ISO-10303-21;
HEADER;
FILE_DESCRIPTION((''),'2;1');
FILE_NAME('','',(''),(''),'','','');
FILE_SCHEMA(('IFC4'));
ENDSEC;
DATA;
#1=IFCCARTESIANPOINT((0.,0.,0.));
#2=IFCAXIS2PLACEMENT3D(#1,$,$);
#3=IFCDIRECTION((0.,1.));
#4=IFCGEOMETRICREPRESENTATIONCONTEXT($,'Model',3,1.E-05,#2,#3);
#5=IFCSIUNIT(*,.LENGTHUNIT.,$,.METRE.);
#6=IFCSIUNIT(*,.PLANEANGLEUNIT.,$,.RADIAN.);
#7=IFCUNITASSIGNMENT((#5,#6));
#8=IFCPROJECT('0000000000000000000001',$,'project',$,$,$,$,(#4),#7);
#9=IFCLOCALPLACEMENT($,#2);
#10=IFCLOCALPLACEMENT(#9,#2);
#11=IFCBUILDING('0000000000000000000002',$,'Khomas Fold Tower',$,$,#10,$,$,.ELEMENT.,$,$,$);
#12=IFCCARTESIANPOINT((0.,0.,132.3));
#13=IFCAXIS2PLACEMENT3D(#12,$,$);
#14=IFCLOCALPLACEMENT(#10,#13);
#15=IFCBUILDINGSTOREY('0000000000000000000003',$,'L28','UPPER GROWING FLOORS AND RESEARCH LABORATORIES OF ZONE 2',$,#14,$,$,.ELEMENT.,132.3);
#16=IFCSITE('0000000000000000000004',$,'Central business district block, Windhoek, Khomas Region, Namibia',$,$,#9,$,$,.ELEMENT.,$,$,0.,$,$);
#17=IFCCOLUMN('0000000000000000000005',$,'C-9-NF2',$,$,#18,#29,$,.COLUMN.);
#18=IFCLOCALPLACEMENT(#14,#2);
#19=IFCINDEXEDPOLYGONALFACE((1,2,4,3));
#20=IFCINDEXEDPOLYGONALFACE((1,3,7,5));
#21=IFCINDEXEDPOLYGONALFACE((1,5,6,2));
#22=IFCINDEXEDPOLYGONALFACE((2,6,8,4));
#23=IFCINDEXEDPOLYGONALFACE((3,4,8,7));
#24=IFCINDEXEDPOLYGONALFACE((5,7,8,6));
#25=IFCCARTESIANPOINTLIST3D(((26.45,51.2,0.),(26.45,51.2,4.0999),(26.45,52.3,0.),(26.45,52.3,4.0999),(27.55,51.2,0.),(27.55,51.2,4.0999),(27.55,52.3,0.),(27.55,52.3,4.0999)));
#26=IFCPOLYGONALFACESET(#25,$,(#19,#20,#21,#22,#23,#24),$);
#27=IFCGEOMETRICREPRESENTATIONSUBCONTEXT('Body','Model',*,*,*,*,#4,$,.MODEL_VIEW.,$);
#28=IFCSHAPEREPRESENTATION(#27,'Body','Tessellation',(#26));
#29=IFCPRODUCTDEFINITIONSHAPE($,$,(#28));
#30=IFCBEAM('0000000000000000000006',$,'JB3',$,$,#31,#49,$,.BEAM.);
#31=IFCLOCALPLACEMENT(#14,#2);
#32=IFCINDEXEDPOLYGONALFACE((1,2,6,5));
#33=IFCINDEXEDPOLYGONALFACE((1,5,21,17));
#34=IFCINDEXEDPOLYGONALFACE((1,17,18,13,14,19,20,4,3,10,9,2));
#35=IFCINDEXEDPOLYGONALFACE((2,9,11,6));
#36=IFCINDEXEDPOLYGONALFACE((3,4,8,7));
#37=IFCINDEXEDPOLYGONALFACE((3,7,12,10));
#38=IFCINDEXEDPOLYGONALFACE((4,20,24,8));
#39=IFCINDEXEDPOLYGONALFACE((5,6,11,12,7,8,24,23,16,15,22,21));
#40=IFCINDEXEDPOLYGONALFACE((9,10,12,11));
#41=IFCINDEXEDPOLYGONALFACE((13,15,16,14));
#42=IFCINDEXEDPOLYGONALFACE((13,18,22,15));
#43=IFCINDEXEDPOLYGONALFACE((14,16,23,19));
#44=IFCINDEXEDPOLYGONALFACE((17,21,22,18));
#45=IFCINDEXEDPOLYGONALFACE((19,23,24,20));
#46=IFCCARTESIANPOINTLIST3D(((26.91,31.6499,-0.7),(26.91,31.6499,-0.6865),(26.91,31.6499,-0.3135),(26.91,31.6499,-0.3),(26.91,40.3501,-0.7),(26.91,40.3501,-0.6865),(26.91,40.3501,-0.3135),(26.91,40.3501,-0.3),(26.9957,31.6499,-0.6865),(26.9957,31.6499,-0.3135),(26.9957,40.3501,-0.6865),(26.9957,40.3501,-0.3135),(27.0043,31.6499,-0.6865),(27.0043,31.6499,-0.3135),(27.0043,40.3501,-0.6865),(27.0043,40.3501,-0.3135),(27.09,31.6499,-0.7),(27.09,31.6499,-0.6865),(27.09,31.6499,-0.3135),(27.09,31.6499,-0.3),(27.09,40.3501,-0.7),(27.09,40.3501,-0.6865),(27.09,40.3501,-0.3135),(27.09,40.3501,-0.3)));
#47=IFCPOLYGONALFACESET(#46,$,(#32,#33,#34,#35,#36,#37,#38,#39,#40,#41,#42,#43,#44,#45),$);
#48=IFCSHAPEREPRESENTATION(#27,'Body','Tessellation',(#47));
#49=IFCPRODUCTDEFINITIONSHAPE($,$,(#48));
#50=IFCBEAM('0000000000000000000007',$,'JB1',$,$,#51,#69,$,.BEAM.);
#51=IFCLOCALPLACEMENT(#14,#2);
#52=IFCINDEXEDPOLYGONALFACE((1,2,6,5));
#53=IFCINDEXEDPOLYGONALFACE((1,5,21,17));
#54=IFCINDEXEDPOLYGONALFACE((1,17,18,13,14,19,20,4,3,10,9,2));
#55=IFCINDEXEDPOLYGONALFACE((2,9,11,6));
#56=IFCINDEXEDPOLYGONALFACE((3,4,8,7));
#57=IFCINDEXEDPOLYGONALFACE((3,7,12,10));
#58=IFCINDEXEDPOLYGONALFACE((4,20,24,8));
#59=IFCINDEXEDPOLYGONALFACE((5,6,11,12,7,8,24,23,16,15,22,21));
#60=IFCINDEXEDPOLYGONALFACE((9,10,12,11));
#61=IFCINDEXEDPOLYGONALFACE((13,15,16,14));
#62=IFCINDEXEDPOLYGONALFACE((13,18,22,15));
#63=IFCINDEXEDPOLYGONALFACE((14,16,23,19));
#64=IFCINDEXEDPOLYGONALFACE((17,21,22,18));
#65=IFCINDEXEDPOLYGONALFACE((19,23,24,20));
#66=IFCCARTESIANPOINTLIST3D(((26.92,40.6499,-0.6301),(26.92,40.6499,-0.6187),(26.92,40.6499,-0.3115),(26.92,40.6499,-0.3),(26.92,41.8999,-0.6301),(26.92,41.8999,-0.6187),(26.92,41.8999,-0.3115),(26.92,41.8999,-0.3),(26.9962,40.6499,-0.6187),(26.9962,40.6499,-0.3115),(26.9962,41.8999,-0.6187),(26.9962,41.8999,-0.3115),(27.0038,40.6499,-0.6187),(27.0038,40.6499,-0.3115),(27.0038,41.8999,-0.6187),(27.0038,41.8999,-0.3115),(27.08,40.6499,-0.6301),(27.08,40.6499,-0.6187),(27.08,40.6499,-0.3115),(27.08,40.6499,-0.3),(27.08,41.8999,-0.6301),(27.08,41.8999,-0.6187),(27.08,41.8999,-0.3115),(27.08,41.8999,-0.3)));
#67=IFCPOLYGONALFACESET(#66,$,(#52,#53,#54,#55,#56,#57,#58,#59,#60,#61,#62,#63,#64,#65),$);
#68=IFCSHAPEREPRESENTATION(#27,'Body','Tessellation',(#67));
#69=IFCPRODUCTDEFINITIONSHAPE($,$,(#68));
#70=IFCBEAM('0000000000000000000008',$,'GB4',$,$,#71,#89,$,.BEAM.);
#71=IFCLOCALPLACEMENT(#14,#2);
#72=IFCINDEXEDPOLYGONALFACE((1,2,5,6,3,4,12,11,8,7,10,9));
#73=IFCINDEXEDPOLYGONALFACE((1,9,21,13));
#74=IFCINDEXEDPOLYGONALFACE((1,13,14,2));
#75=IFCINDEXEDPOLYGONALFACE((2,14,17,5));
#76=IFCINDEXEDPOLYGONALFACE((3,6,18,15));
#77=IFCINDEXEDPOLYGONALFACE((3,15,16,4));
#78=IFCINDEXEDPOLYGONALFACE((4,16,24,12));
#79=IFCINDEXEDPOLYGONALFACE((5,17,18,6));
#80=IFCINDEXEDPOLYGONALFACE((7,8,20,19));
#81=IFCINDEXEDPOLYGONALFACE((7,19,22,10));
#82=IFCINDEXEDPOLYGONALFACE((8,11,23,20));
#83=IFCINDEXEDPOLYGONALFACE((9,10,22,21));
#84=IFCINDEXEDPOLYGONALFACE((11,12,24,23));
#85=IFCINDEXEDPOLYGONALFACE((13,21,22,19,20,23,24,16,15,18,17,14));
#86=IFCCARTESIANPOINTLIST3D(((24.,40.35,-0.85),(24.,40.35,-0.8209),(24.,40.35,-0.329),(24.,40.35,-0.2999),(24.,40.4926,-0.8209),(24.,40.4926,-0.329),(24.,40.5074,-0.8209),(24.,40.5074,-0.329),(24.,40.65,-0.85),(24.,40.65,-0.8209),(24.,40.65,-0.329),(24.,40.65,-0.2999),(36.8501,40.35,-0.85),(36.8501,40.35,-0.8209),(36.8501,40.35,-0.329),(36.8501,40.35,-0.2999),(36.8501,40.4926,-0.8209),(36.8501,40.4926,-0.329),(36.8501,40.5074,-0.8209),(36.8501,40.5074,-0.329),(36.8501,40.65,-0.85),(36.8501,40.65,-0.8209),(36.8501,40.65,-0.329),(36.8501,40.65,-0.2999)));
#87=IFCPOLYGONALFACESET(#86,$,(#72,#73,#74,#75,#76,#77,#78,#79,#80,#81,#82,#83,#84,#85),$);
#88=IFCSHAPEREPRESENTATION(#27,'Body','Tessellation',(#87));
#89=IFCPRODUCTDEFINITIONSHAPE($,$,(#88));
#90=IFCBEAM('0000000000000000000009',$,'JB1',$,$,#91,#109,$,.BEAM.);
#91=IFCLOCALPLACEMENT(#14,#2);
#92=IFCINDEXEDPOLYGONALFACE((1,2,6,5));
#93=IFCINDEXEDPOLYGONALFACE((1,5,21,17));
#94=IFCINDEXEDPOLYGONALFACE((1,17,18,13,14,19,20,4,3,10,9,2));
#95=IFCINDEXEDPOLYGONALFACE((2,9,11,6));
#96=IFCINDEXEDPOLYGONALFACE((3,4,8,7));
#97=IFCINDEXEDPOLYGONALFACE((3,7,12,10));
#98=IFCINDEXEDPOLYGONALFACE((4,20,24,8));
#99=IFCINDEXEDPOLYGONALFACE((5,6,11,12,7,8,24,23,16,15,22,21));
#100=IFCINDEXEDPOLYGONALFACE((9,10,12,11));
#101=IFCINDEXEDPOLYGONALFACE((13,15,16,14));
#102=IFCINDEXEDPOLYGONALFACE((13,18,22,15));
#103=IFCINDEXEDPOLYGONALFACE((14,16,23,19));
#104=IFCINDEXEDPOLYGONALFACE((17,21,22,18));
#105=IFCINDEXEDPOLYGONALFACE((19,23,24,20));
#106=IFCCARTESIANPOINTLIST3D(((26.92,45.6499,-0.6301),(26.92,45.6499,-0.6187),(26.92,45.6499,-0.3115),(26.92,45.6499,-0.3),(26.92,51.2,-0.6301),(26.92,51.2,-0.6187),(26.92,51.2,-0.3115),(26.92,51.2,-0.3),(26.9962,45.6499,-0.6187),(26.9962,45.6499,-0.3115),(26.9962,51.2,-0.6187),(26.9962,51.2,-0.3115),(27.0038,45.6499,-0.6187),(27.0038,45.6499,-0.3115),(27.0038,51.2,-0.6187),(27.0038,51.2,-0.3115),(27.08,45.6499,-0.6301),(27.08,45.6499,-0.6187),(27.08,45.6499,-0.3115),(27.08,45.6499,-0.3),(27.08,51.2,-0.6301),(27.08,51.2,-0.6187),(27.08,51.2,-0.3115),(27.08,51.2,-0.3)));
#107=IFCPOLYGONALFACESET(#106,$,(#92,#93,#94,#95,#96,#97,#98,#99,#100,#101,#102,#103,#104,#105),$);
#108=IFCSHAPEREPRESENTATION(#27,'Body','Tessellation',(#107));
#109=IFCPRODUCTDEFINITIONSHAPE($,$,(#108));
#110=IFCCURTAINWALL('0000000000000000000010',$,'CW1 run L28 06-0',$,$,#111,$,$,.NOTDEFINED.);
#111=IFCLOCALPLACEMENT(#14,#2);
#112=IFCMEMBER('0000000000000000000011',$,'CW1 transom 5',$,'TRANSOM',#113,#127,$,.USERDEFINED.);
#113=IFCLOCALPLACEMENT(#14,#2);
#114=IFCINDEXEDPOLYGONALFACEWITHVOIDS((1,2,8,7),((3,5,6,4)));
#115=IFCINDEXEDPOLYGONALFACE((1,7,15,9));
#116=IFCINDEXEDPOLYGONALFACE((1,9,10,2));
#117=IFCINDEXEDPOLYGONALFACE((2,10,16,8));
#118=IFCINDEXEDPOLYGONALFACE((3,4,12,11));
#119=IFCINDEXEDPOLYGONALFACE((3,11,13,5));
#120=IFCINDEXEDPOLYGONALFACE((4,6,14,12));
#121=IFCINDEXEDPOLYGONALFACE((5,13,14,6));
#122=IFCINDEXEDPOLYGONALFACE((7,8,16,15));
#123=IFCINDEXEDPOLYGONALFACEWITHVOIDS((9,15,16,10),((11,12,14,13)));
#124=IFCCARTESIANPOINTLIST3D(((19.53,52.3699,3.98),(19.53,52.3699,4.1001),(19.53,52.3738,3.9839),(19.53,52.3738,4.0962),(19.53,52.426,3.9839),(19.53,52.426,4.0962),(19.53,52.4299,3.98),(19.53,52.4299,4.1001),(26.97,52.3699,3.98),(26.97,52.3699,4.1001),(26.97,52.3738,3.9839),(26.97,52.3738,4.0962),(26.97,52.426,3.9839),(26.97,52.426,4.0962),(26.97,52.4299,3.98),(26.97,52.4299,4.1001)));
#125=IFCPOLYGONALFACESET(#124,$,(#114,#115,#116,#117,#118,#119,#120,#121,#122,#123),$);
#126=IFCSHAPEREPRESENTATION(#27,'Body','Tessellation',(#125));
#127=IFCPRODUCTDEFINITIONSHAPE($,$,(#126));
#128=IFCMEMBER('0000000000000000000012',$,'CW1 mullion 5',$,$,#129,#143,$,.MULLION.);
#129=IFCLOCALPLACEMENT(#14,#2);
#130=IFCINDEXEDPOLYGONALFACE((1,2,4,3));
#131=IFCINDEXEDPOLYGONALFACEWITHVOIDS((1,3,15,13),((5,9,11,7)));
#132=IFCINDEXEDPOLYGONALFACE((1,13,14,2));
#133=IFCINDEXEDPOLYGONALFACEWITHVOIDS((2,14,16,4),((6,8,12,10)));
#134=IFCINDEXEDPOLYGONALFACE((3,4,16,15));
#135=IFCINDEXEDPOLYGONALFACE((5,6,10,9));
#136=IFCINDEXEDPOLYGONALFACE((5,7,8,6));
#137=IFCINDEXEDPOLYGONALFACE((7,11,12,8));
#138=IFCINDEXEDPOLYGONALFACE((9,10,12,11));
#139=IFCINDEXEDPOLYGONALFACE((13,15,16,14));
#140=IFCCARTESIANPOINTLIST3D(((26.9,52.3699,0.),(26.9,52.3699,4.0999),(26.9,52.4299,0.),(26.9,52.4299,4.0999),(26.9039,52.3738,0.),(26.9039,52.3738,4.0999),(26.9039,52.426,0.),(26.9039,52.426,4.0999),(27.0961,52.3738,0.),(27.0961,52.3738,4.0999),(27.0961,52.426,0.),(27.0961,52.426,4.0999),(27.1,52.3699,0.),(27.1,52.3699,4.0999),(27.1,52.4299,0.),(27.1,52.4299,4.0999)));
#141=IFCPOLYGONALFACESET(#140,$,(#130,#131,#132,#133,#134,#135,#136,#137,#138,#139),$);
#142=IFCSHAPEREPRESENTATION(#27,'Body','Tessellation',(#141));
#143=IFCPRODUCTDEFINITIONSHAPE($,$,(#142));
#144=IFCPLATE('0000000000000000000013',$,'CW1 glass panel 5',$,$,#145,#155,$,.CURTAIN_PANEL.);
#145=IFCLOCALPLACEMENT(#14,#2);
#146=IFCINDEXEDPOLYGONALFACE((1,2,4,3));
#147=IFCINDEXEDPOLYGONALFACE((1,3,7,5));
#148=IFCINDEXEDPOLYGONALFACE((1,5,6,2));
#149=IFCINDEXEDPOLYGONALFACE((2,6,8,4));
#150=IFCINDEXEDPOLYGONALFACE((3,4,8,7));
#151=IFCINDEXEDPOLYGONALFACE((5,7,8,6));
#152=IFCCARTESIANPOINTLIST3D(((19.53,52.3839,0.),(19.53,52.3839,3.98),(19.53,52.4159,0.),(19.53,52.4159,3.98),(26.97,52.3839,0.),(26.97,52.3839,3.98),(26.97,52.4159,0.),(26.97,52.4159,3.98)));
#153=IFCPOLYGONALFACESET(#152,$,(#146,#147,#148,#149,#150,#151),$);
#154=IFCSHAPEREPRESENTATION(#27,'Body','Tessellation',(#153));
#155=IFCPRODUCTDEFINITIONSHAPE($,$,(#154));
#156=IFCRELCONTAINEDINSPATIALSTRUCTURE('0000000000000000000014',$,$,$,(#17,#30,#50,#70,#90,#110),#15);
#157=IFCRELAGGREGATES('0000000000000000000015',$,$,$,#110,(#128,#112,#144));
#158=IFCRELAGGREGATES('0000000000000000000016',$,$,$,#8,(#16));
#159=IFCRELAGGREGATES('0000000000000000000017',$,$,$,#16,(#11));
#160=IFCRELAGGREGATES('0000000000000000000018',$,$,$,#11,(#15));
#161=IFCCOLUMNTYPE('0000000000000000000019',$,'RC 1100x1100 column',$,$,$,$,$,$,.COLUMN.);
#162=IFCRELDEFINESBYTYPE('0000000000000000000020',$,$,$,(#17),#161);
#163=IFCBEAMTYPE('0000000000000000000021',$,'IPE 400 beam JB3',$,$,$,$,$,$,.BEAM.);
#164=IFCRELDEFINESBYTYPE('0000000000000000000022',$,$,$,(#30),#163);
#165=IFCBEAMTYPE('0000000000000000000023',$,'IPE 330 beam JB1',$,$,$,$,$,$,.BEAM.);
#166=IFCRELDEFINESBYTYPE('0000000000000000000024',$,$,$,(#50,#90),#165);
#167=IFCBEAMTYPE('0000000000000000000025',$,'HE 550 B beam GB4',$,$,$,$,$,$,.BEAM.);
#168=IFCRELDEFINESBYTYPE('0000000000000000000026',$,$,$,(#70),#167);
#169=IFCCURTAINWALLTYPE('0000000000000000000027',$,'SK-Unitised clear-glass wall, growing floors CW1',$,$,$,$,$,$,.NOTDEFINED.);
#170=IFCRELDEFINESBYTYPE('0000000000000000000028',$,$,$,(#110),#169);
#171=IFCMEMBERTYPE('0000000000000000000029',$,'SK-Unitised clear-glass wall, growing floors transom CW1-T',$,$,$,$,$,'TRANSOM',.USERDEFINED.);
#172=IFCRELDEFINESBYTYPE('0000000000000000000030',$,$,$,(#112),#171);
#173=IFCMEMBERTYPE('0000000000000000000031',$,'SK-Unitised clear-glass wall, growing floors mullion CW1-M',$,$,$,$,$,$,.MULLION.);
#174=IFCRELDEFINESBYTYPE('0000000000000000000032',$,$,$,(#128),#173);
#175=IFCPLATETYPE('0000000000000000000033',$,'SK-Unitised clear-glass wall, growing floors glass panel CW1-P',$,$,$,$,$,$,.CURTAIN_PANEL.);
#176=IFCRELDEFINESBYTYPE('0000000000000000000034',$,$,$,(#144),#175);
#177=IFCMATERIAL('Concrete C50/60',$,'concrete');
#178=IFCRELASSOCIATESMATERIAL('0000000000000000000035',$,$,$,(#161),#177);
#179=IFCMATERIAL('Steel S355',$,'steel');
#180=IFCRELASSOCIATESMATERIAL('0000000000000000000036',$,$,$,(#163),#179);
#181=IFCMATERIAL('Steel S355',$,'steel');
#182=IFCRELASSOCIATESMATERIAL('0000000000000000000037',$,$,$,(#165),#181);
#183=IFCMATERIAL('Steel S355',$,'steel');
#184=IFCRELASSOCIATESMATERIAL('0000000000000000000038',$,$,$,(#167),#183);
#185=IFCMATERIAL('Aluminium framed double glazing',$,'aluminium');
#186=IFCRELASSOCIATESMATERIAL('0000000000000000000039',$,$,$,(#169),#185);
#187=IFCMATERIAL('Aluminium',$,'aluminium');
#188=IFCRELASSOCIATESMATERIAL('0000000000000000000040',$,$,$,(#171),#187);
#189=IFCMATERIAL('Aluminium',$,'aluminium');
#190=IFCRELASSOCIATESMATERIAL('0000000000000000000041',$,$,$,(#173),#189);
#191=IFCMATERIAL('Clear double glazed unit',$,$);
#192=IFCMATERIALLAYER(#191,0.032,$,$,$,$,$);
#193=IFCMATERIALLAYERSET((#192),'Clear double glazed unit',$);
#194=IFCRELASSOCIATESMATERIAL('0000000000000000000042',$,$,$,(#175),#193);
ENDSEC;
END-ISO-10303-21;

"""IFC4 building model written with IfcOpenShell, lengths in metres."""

from ifc_helpers import new_model, si_unit, direction, frame, origin, origin_2d, place, context, subcontext, project, spatial, rectangle, hollow_rectangle, i_section, extrude, source, transform, mapped, material, layer, layer_set, material_profile, profile_set, type_object, element, aggregate, save


model = new_model("IFC4")

# Units and contexts
model_context = context("Model", 3, precision=1e-05, world=origin(), true_north=direction((0.0, 1.0)))
body_context = subcontext(model_context, "Body", "Model", "MODEL_VIEW")
ifc_project = project(units=[si_unit("LENGTHUNIT", "METRE"), si_unit("PLANEANGLEUNIT", "RADIAN")], contexts=[model_context])

# Site, building, storey
site_placement = place(None, origin())
site = spatial("IfcSite", under=ifc_project, at=site_placement, Name="Central business district block, Windhoek, Khomas Region, Namibia", CompositionType="ELEMENT", RefElevation=0.0)
building_placement = place(site_placement, origin())
building = spatial("IfcBuilding", under=site, at=building_placement, Name="Khomas Fold Tower", CompositionType="ELEMENT")
storey_placement = place(building_placement, frame((0.0, 0.0, 132.3)))
storey = spatial("IfcBuildingStorey", under=building, at=storey_placement, Name="L28", Description="UPPER GROWING FLOORS AND RESEARCH LABORATORIES OF ZONE 2", CompositionType="ELEMENT", Elevation=132.3)

# Column
ifc_material_1 = material(Name="Concrete C50/60", Category="concrete")
ifc_material_profile_1 = material_profile(ifc_material_1, rectangle(XDim=1.1001, YDim=1.1001, at=origin_2d()), Name="RC 1100x1100")
ifc_profile_set_1 = profile_set([ifc_material_profile_1], Name="Concrete C50/60")
column_type = type_object("IfcColumnType", Name="RC 1100x1100 column", PredefinedType="COLUMN", material=ifc_profile_set_1)
shared_shape_1 = source(origin(), body_context, "Body", "SweptSolid", [
    extrude(rectangle(XDim=1.1001, YDim=1.1001, at=origin_2d()), origin(), (0.0, 0.0, 1.0), 4.0999),
])
column_placement = place(storey_placement, frame((27.0, 51.75, 0.0), z_axis=(0.0, 0.0, 1.0), x_axis=(1.0, 0.0, 0.0)))
element("IfcColumn", 1, at=column_placement, inside=storey, type_object=column_type, Name="C-9-NF2", PredefinedType="COLUMN", context=body_context, shape_type="MappedRepresentation", body=[
    mapped(shared_shape_1, transform((0.0, 0.0, 0.0))),
])

# Beams
ifc_material_2 = material(Name="Steel S355", Category="steel")
ifc_material_profile_2 = material_profile(ifc_material_2, i_section(OverallWidth=0.1799, OverallDepth=0.3999, WebThickness=0.0085, FlangeThickness=0.0134, at=origin_2d()), Name="IPE 400")
ifc_profile_set_2 = profile_set([ifc_material_profile_2], Name="Steel S355")
beam_type_1 = type_object("IfcBeamType", Name="IPE 400 beam JB3", PredefinedType="BEAM", material=ifc_profile_set_2)
shared_shape_2 = source(origin(), body_context, "Body", "SweptSolid", [
    extrude(i_section(OverallWidth=0.1799, OverallDepth=0.3999, WebThickness=0.0085, FlangeThickness=0.0134, at=origin_2d()), origin(), (0.0, 0.0, 1.0), 8.7002),
])
beam_1_placement = place(storey_placement, frame((27.0, 31.6499, -0.5), z_axis=(0.0, 1.0, 0.0), x_axis=(-1.0, 0.0, 0.0)))
element("IfcBeam", 2, at=beam_1_placement, inside=storey, type_object=beam_type_1, Name="JB3", PredefinedType="BEAM", context=body_context, shape_type="MappedRepresentation", body=[
    mapped(shared_shape_2, transform((0.0, 0.0, 0.0))),
])
ifc_material_3 = material(Name="Steel S355", Category="steel")
ifc_material_profile_3 = material_profile(ifc_material_3, i_section(OverallWidth=0.1599, OverallDepth=0.3301, WebThickness=0.0076, FlangeThickness=0.0115, at=origin_2d()), Name="IPE 330")
ifc_profile_set_3 = profile_set([ifc_material_profile_3], Name="Steel S355")
beam_type_2 = type_object("IfcBeamType", Name="IPE 330 beam JB1", PredefinedType="BEAM", material=ifc_profile_set_3)
shared_shape_3 = source(origin(), body_context, "Body", "SweptSolid", [
    extrude(i_section(OverallWidth=0.1599, OverallDepth=0.3301, WebThickness=0.0076, FlangeThickness=0.0115, at=origin_2d()), origin(), (0.0, 0.0, 1.0), 1.25),
])
beam_2_placement = place(storey_placement, frame((27.0, 40.6499, -0.4651), z_axis=(0.0, 1.0, 0.0), x_axis=(-1.0, 0.0, 0.0)))
element("IfcBeam", 3, at=beam_2_placement, inside=storey, type_object=beam_type_2, Name="JB1", PredefinedType="BEAM", context=body_context, shape_type="MappedRepresentation", body=[
    mapped(shared_shape_3, transform((0.0, 0.0, 0.0))),
])
ifc_material_4 = material(Name="Steel S355", Category="steel")
ifc_material_profile_4 = material_profile(ifc_material_4, i_section(OverallWidth=0.3, OverallDepth=0.55, WebThickness=0.0149, FlangeThickness=0.0291, at=origin_2d()), Name="HE 550 B")
ifc_profile_set_4 = profile_set([ifc_material_profile_4], Name="Steel S355")
beam_type_3 = type_object("IfcBeamType", Name="HE 550 B beam GB4", PredefinedType="BEAM", material=ifc_profile_set_4)
shared_shape_4 = source(origin(), body_context, "Body", "SweptSolid", [
    extrude(i_section(OverallWidth=0.3, OverallDepth=0.55, WebThickness=0.0149, FlangeThickness=0.0291, at=origin_2d()), origin(), (0.0, 0.0, 1.0), 12.8501),
])
beam_3_placement = place(storey_placement, frame((24.0, 40.5, -0.575), z_axis=(1.0, 0.0, 0.0), x_axis=(0.0, 1.0, 0.0)))
element("IfcBeam", 4, at=beam_3_placement, inside=storey, type_object=beam_type_3, Name="GB4", PredefinedType="BEAM", context=body_context, shape_type="MappedRepresentation", body=[
    mapped(shared_shape_4, transform((0.0, 0.0, 0.0))),
])
shared_shape_5 = source(origin(), body_context, "Body", "SweptSolid", [
    extrude(i_section(OverallWidth=0.1599, OverallDepth=0.3301, WebThickness=0.0076, FlangeThickness=0.0115, at=origin_2d()), origin(), (0.0, 0.0, 1.0), 5.55),
])
beam_4_placement = place(storey_placement, frame((27.0, 45.6499, -0.4651), z_axis=(0.0, 1.0, 0.0), x_axis=(-1.0, 0.0, 0.0)))
element("IfcBeam", 5, at=beam_4_placement, inside=storey, type_object=beam_type_2, Name="JB1", PredefinedType="BEAM", context=body_context, shape_type="MappedRepresentation", body=[
    mapped(shared_shape_5, transform((0.0, 0.0, 0.0))),
])

# Curtain wall, members, plate
ifc_material_5 = material(Name="Aluminium framed double glazing", Category="aluminium")
curtain_wall_type = type_object("IfcCurtainWallType", Name="SK-Unitised clear-glass wall, growing floors CW1", PredefinedType="NOTDEFINED", material=ifc_material_5)
curtain_wall_placement = place(storey_placement, origin())
curtain_wall = element("IfcCurtainWall", 6, at=curtain_wall_placement, inside=storey, type_object=curtain_wall_type, Name="CW1 run L28 06-0", PredefinedType="NOTDEFINED")
ifc_material_6 = material(Name="Aluminium", Category="aluminium")
ifc_material_profile_5 = material_profile(ifc_material_6, hollow_rectangle(XDim=0.0601, YDim=0.1201, WallThickness=0.0039, at=origin_2d()), Name="SK-Unitised clear-glass wall, growing floors transom CW1-T")
ifc_profile_set_5 = profile_set([ifc_material_profile_5], Name="Aluminium")
member_type_1 = type_object("IfcMemberType", Name="SK-Unitised clear-glass wall, growing floors transom CW1-T", ElementType="TRANSOM", PredefinedType="USERDEFINED", material=ifc_profile_set_5)
shared_shape_6 = source(origin(), body_context, "Body", "SweptSolid", [
    extrude(hollow_rectangle(XDim=0.0601, YDim=0.1201, WallThickness=0.0039, at=origin_2d()), origin(), (0.0, 0.0, 1.0), 7.4399),
])
member_1_placement = place(storey_placement, frame((26.97, 52.3999, 4.04), z_axis=(-1.0, 0.0, 0.0), x_axis=(0.0, -1.0, 0.0)))
member_1 = element("IfcMember", 7, at=member_1_placement, type_object=member_type_1, Name="CW1 transom 5", ObjectType="TRANSOM", PredefinedType="USERDEFINED", context=body_context, shape_type="MappedRepresentation", body=[
    mapped(shared_shape_6, transform((0.0, 0.0, 0.0))),
])
ifc_material_7 = material(Name="Aluminium", Category="aluminium")
ifc_material_profile_6 = material_profile(ifc_material_7, hollow_rectangle(XDim=0.0601, YDim=0.2, WallThickness=0.0039, at=origin_2d()), Name="SK-Unitised clear-glass wall, growing floors mullion CW1-M")
ifc_profile_set_6 = profile_set([ifc_material_profile_6], Name="Aluminium")
member_type_2 = type_object("IfcMemberType", Name="SK-Unitised clear-glass wall, growing floors mullion CW1-M", PredefinedType="MULLION", material=ifc_profile_set_6)
shared_shape_7 = source(origin(), body_context, "Body", "SweptSolid", [
    extrude(hollow_rectangle(XDim=0.0601, YDim=0.2, WallThickness=0.0039, at=origin_2d()), origin(), (0.0, 0.0, 1.0), 4.0999),
])
member_2_placement = place(storey_placement, frame((27.0, 52.3999, 0.0), z_axis=(0.0, 0.0, 1.0), x_axis=(0.0, -1.0, 0.0)))
member_2 = element("IfcMember", 8, at=member_2_placement, type_object=member_type_2, Name="CW1 mullion 5", PredefinedType="MULLION", context=body_context, shape_type="MappedRepresentation", body=[
    mapped(shared_shape_7, transform((0.0, 0.0, 0.0))),
])
ifc_material_8 = material(Name="Clear double glazed unit")
ifc_layer_1 = layer(ifc_material_8, 0.032)
ifc_layer_set_1 = layer_set([ifc_layer_1], Name="Clear double glazed unit")
plate_type = type_object("IfcPlateType", Name="SK-Unitised clear-glass wall, growing floors glass panel CW1-P", PredefinedType="CURTAIN_PANEL", material=ifc_layer_set_1)
shared_shape_8 = source(origin(), body_context, "Body", "SweptSolid", [
    extrude(rectangle(XDim=7.4399, YDim=0.032, at=origin_2d()), origin(), (0.0, 0.0, 1.0), 3.98),
])
plate_placement = place(storey_placement, frame((23.25, 52.3999, 0.0), z_axis=(0.0, 0.0, 1.0), x_axis=(-1.0, 0.0, 0.0)))
plate = element("IfcPlate", 9, at=plate_placement, type_object=plate_type, Name="CW1 glass panel 5", PredefinedType="CURTAIN_PANEL", context=body_context, shape_type="MappedRepresentation", body=[
    mapped(shared_shape_8, transform((0.0, 0.0, 0.0))),
])
aggregate(curtain_wall, [member_2, member_1, plate])

save(model, "model.ifc")
